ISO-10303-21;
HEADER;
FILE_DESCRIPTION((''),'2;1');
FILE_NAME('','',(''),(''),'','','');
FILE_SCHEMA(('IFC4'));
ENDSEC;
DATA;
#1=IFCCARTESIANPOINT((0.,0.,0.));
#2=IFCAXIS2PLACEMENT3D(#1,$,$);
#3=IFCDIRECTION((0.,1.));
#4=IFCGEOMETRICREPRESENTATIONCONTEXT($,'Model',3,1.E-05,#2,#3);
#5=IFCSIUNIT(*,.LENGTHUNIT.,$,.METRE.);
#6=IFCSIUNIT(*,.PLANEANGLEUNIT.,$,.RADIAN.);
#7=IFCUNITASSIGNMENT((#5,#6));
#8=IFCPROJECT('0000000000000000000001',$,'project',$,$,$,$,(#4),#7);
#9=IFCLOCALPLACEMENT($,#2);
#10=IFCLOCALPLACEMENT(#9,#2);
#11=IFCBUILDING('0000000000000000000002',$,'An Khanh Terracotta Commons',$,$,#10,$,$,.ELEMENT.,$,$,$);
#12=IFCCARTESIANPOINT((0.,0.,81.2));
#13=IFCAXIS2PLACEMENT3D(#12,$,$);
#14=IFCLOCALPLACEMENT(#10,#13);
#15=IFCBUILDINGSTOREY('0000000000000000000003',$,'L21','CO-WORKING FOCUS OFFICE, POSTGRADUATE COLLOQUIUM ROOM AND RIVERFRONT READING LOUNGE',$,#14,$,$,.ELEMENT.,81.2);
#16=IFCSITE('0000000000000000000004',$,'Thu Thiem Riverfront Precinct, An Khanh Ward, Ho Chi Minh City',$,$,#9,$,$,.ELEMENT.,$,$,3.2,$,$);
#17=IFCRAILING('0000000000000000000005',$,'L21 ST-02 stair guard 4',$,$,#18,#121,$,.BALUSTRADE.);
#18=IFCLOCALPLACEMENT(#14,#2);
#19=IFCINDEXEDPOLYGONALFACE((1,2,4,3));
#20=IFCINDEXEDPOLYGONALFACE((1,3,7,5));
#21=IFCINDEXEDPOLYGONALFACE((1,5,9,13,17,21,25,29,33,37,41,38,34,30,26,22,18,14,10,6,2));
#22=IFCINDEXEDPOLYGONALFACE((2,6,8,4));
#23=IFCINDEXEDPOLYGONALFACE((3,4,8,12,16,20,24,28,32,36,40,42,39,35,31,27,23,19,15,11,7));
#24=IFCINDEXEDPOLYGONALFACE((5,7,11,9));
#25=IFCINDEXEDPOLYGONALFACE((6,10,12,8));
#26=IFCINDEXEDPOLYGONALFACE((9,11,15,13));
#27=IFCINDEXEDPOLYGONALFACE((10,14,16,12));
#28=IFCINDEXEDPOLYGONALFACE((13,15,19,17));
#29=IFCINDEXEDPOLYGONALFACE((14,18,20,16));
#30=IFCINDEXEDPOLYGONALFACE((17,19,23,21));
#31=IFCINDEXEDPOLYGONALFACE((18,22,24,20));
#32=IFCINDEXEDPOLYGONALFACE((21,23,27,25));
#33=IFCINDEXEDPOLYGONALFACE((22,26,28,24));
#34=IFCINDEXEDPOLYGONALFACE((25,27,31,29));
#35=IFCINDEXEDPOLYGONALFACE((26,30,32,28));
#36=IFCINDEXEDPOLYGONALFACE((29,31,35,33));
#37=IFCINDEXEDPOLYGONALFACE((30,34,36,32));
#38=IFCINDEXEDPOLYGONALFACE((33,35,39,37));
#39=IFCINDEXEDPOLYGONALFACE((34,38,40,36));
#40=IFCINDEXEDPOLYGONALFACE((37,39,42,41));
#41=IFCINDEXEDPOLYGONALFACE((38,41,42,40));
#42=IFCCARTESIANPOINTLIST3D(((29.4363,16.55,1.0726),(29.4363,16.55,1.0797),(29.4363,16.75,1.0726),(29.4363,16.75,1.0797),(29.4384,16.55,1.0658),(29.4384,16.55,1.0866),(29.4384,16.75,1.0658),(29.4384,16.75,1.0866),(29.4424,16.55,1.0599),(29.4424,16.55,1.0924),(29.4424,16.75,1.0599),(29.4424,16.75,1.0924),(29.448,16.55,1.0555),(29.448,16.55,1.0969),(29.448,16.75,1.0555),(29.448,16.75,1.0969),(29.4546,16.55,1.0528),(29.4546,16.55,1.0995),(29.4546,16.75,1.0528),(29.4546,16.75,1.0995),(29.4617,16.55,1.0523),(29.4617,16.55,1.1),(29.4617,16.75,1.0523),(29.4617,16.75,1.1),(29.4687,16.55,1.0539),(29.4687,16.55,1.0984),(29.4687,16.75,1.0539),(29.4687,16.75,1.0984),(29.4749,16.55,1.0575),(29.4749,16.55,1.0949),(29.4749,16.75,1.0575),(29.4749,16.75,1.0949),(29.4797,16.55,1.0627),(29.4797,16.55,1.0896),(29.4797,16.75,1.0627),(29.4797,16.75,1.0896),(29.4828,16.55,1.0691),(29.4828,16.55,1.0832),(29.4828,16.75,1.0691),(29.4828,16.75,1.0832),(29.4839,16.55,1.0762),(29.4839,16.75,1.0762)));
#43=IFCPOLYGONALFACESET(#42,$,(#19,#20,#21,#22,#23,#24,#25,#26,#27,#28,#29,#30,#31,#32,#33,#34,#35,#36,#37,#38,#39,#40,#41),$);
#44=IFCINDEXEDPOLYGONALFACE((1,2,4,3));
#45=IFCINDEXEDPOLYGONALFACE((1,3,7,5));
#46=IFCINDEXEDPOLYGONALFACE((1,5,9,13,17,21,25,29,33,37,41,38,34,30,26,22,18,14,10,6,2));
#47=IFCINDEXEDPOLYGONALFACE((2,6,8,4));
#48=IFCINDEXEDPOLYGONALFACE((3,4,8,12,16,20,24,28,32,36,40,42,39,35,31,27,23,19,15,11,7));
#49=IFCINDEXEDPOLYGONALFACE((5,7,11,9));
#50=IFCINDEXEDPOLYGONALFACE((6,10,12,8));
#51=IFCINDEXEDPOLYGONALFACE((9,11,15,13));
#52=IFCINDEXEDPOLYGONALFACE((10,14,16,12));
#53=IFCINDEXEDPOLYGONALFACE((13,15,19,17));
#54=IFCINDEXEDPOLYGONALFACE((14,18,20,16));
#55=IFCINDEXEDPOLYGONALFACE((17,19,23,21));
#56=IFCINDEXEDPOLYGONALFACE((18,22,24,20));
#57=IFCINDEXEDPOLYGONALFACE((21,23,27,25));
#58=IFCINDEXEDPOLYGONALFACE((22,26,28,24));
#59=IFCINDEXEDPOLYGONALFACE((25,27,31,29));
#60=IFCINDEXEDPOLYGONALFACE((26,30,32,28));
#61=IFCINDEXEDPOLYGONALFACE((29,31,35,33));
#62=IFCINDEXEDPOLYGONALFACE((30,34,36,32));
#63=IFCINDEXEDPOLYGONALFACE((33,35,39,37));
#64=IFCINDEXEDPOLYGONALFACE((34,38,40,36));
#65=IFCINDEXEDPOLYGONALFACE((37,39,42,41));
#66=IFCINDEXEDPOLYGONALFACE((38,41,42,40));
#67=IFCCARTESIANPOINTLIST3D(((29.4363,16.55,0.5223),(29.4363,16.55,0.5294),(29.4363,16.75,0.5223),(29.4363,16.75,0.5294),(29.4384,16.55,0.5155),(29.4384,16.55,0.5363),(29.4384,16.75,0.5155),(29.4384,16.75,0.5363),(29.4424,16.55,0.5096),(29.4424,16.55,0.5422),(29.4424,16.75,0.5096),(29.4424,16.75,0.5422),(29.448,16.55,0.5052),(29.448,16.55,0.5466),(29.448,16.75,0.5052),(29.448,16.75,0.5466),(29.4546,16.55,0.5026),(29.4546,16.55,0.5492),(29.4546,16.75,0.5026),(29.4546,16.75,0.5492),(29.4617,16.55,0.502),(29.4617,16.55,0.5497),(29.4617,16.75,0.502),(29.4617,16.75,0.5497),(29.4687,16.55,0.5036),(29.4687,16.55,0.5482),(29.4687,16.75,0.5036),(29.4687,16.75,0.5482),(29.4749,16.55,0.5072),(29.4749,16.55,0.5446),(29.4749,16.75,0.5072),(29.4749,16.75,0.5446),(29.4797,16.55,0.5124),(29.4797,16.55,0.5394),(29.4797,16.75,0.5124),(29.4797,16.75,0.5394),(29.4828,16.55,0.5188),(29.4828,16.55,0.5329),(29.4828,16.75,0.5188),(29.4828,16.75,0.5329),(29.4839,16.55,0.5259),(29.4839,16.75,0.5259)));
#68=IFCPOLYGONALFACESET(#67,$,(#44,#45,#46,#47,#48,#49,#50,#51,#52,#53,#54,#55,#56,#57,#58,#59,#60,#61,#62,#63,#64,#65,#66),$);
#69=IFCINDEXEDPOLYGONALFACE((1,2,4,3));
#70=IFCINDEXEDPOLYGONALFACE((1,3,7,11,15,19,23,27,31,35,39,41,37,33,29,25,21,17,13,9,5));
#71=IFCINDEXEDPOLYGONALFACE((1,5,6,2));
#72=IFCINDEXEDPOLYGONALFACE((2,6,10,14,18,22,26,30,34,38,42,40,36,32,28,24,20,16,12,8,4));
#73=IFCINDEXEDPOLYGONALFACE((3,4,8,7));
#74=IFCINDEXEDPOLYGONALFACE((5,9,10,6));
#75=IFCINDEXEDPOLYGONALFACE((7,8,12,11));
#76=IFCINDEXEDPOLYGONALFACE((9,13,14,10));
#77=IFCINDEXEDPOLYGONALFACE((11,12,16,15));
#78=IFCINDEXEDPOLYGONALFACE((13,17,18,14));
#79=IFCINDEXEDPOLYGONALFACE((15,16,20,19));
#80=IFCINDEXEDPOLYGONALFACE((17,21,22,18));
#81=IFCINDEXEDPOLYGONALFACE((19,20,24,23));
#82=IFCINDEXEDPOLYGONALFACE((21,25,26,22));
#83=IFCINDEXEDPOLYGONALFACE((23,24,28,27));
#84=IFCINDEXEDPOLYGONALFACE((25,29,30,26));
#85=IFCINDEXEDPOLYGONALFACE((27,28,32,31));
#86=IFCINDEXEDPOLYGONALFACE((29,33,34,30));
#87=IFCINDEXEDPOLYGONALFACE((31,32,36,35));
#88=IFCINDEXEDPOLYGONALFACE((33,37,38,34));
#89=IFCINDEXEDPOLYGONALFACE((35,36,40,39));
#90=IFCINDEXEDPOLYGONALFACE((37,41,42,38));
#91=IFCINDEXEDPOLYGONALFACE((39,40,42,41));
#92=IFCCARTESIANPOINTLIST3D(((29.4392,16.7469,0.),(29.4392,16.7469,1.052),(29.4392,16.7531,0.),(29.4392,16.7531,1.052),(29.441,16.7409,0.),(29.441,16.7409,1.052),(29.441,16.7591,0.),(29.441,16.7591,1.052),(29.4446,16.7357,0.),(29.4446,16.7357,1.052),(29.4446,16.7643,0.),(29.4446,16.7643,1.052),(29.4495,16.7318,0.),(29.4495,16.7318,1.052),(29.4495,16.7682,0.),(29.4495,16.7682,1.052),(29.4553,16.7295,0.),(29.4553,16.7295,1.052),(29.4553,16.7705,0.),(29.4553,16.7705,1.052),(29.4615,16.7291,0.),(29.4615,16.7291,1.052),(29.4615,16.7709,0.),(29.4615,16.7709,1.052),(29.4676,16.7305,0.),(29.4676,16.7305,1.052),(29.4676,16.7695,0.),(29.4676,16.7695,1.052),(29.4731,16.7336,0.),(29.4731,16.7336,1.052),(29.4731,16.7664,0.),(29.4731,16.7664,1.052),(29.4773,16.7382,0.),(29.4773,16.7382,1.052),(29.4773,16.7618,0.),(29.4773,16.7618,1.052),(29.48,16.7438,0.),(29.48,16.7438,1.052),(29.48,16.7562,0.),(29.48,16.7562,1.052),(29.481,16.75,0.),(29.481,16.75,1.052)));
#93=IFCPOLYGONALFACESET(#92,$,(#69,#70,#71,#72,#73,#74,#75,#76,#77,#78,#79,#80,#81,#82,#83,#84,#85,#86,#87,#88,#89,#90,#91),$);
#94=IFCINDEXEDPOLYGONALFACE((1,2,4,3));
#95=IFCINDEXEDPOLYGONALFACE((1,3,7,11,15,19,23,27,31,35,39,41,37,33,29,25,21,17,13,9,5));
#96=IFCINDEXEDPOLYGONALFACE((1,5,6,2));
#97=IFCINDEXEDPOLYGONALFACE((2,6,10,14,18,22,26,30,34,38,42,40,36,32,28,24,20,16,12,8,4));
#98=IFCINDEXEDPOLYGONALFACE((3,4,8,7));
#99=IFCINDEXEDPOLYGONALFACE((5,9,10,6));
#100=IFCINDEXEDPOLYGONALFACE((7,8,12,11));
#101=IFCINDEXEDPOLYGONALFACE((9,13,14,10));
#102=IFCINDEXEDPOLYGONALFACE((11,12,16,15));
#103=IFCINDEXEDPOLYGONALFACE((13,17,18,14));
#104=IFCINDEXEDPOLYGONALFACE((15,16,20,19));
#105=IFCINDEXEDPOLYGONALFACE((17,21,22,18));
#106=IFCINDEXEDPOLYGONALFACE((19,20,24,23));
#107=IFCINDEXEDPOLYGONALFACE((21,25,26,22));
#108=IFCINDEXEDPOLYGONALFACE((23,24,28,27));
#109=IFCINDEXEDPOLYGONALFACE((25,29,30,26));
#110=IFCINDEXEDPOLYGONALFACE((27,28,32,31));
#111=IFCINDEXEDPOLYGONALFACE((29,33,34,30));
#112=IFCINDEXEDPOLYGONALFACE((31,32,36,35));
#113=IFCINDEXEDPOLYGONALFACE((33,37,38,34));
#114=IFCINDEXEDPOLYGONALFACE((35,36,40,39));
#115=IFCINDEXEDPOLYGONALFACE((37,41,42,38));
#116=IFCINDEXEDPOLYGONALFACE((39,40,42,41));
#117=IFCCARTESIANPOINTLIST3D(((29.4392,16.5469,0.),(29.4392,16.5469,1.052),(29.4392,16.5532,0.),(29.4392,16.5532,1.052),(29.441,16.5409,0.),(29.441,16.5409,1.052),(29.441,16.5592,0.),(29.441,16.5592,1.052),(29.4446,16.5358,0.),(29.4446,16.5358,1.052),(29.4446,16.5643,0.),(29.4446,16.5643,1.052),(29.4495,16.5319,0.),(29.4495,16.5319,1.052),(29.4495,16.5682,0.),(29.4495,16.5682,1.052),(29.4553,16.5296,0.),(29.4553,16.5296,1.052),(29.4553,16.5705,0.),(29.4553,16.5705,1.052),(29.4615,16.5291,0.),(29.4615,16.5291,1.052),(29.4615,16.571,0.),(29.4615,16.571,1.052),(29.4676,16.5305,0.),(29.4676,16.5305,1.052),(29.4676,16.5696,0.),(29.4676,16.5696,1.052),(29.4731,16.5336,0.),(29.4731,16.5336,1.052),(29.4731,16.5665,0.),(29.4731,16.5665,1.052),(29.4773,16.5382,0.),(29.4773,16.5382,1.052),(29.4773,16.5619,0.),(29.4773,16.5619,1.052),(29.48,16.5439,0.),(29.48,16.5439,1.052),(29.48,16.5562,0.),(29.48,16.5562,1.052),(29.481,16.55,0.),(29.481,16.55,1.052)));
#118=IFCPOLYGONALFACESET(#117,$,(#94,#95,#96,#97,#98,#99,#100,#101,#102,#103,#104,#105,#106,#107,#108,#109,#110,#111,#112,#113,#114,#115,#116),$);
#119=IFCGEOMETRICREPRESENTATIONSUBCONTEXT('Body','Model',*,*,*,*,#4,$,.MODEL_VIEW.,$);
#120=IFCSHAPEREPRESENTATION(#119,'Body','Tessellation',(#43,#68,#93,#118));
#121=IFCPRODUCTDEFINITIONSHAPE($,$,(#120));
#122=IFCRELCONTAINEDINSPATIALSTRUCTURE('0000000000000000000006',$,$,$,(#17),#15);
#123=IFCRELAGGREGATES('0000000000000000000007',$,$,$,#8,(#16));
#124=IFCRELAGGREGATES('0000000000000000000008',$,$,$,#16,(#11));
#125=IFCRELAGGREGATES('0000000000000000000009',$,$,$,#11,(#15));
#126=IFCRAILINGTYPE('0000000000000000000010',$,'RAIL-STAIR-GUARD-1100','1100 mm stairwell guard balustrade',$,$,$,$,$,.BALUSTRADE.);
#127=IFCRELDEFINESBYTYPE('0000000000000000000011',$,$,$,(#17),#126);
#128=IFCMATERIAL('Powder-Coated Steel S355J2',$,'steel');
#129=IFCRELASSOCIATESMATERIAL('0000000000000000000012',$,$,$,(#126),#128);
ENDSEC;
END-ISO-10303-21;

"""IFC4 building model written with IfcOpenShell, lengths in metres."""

from ifc_helpers import new_model, si_unit, direction, frame, origin, origin_2d, place, context, subcontext, project, spatial, circle, extrude, material, type_object, element, save


model = new_model("IFC4")

# Units and contexts
model_context = context("Model", 3, precision=1e-05, world=origin(), true_north=direction((0.0, 1.0)))
body_context = subcontext(model_context, "Body", "Model", "MODEL_VIEW")
ifc_project = project(units=[si_unit("LENGTHUNIT", "METRE"), si_unit("PLANEANGLEUNIT", "RADIAN")], contexts=[model_context])

# Site, building, storey
site_placement = place(None, origin())
site = spatial("IfcSite", under=ifc_project, at=site_placement, Name="Thu Thiem Riverfront Precinct, An Khanh Ward, Ho Chi Minh City", CompositionType="ELEMENT", RefElevation=3.2)
building_placement = place(site_placement, origin())
building = spatial("IfcBuilding", under=site, at=building_placement, Name="An Khanh Terracotta Commons", CompositionType="ELEMENT")
storey_placement = place(building_placement, frame((0.0, 0.0, 81.2)))
storey = spatial("IfcBuildingStorey", under=building, at=storey_placement, Name="L21", Description="CO-WORKING FOCUS OFFICE, POSTGRADUATE COLLOQUIUM ROOM AND RIVERFRONT READING LOUNGE", CompositionType="ELEMENT", Elevation=81.2)

# Railing
ifc_material_1 = material(Name="Powder-Coated Steel S355J2", Category="steel")
railing_type_1 = type_object("IfcRailingType", Name="RAIL-STAIR-GUARD-1100", Description="1100 mm stairwell guard balustrade", PredefinedType="BALUSTRADE", material=ifc_material_1)
railing_1_placement = place(storey_placement, frame((29.46, 16.75, 0.0)))
element("IfcRailing", 1, at=railing_1_placement, inside=storey, type_object=railing_type_1, Name="L21 ST-02 stair guard 4", PredefinedType="BALUSTRADE", context=body_context, shape_type="SweptSolid", body=[
    extrude(circle(Radius=0.0239, at=origin_2d()), frame((0.0, 0.0, 1.0762), z_axis=(0.0, -1.0, 0.0), x_axis=(1.0, 0.0, 0.0)), (0.0, 0.0, 1.0), 0.2),
    extrude(circle(Radius=0.0239, at=origin_2d()), frame((0.0, 0.0, 0.5259), z_axis=(0.0, -1.0, 0.0), x_axis=(1.0, 0.0, 0.0)), (0.0, 0.0, 1.0), 0.2),
    extrude(circle(Radius=0.021, at=origin_2d()), origin(), (0.0, 0.0, 1.0), 1.052),
    extrude(circle(Radius=0.021, at=origin_2d()), frame((0.0, -0.2, 0.0)), (0.0, 0.0, 1.0), 1.052),
])

save(model, "model.ifc")
